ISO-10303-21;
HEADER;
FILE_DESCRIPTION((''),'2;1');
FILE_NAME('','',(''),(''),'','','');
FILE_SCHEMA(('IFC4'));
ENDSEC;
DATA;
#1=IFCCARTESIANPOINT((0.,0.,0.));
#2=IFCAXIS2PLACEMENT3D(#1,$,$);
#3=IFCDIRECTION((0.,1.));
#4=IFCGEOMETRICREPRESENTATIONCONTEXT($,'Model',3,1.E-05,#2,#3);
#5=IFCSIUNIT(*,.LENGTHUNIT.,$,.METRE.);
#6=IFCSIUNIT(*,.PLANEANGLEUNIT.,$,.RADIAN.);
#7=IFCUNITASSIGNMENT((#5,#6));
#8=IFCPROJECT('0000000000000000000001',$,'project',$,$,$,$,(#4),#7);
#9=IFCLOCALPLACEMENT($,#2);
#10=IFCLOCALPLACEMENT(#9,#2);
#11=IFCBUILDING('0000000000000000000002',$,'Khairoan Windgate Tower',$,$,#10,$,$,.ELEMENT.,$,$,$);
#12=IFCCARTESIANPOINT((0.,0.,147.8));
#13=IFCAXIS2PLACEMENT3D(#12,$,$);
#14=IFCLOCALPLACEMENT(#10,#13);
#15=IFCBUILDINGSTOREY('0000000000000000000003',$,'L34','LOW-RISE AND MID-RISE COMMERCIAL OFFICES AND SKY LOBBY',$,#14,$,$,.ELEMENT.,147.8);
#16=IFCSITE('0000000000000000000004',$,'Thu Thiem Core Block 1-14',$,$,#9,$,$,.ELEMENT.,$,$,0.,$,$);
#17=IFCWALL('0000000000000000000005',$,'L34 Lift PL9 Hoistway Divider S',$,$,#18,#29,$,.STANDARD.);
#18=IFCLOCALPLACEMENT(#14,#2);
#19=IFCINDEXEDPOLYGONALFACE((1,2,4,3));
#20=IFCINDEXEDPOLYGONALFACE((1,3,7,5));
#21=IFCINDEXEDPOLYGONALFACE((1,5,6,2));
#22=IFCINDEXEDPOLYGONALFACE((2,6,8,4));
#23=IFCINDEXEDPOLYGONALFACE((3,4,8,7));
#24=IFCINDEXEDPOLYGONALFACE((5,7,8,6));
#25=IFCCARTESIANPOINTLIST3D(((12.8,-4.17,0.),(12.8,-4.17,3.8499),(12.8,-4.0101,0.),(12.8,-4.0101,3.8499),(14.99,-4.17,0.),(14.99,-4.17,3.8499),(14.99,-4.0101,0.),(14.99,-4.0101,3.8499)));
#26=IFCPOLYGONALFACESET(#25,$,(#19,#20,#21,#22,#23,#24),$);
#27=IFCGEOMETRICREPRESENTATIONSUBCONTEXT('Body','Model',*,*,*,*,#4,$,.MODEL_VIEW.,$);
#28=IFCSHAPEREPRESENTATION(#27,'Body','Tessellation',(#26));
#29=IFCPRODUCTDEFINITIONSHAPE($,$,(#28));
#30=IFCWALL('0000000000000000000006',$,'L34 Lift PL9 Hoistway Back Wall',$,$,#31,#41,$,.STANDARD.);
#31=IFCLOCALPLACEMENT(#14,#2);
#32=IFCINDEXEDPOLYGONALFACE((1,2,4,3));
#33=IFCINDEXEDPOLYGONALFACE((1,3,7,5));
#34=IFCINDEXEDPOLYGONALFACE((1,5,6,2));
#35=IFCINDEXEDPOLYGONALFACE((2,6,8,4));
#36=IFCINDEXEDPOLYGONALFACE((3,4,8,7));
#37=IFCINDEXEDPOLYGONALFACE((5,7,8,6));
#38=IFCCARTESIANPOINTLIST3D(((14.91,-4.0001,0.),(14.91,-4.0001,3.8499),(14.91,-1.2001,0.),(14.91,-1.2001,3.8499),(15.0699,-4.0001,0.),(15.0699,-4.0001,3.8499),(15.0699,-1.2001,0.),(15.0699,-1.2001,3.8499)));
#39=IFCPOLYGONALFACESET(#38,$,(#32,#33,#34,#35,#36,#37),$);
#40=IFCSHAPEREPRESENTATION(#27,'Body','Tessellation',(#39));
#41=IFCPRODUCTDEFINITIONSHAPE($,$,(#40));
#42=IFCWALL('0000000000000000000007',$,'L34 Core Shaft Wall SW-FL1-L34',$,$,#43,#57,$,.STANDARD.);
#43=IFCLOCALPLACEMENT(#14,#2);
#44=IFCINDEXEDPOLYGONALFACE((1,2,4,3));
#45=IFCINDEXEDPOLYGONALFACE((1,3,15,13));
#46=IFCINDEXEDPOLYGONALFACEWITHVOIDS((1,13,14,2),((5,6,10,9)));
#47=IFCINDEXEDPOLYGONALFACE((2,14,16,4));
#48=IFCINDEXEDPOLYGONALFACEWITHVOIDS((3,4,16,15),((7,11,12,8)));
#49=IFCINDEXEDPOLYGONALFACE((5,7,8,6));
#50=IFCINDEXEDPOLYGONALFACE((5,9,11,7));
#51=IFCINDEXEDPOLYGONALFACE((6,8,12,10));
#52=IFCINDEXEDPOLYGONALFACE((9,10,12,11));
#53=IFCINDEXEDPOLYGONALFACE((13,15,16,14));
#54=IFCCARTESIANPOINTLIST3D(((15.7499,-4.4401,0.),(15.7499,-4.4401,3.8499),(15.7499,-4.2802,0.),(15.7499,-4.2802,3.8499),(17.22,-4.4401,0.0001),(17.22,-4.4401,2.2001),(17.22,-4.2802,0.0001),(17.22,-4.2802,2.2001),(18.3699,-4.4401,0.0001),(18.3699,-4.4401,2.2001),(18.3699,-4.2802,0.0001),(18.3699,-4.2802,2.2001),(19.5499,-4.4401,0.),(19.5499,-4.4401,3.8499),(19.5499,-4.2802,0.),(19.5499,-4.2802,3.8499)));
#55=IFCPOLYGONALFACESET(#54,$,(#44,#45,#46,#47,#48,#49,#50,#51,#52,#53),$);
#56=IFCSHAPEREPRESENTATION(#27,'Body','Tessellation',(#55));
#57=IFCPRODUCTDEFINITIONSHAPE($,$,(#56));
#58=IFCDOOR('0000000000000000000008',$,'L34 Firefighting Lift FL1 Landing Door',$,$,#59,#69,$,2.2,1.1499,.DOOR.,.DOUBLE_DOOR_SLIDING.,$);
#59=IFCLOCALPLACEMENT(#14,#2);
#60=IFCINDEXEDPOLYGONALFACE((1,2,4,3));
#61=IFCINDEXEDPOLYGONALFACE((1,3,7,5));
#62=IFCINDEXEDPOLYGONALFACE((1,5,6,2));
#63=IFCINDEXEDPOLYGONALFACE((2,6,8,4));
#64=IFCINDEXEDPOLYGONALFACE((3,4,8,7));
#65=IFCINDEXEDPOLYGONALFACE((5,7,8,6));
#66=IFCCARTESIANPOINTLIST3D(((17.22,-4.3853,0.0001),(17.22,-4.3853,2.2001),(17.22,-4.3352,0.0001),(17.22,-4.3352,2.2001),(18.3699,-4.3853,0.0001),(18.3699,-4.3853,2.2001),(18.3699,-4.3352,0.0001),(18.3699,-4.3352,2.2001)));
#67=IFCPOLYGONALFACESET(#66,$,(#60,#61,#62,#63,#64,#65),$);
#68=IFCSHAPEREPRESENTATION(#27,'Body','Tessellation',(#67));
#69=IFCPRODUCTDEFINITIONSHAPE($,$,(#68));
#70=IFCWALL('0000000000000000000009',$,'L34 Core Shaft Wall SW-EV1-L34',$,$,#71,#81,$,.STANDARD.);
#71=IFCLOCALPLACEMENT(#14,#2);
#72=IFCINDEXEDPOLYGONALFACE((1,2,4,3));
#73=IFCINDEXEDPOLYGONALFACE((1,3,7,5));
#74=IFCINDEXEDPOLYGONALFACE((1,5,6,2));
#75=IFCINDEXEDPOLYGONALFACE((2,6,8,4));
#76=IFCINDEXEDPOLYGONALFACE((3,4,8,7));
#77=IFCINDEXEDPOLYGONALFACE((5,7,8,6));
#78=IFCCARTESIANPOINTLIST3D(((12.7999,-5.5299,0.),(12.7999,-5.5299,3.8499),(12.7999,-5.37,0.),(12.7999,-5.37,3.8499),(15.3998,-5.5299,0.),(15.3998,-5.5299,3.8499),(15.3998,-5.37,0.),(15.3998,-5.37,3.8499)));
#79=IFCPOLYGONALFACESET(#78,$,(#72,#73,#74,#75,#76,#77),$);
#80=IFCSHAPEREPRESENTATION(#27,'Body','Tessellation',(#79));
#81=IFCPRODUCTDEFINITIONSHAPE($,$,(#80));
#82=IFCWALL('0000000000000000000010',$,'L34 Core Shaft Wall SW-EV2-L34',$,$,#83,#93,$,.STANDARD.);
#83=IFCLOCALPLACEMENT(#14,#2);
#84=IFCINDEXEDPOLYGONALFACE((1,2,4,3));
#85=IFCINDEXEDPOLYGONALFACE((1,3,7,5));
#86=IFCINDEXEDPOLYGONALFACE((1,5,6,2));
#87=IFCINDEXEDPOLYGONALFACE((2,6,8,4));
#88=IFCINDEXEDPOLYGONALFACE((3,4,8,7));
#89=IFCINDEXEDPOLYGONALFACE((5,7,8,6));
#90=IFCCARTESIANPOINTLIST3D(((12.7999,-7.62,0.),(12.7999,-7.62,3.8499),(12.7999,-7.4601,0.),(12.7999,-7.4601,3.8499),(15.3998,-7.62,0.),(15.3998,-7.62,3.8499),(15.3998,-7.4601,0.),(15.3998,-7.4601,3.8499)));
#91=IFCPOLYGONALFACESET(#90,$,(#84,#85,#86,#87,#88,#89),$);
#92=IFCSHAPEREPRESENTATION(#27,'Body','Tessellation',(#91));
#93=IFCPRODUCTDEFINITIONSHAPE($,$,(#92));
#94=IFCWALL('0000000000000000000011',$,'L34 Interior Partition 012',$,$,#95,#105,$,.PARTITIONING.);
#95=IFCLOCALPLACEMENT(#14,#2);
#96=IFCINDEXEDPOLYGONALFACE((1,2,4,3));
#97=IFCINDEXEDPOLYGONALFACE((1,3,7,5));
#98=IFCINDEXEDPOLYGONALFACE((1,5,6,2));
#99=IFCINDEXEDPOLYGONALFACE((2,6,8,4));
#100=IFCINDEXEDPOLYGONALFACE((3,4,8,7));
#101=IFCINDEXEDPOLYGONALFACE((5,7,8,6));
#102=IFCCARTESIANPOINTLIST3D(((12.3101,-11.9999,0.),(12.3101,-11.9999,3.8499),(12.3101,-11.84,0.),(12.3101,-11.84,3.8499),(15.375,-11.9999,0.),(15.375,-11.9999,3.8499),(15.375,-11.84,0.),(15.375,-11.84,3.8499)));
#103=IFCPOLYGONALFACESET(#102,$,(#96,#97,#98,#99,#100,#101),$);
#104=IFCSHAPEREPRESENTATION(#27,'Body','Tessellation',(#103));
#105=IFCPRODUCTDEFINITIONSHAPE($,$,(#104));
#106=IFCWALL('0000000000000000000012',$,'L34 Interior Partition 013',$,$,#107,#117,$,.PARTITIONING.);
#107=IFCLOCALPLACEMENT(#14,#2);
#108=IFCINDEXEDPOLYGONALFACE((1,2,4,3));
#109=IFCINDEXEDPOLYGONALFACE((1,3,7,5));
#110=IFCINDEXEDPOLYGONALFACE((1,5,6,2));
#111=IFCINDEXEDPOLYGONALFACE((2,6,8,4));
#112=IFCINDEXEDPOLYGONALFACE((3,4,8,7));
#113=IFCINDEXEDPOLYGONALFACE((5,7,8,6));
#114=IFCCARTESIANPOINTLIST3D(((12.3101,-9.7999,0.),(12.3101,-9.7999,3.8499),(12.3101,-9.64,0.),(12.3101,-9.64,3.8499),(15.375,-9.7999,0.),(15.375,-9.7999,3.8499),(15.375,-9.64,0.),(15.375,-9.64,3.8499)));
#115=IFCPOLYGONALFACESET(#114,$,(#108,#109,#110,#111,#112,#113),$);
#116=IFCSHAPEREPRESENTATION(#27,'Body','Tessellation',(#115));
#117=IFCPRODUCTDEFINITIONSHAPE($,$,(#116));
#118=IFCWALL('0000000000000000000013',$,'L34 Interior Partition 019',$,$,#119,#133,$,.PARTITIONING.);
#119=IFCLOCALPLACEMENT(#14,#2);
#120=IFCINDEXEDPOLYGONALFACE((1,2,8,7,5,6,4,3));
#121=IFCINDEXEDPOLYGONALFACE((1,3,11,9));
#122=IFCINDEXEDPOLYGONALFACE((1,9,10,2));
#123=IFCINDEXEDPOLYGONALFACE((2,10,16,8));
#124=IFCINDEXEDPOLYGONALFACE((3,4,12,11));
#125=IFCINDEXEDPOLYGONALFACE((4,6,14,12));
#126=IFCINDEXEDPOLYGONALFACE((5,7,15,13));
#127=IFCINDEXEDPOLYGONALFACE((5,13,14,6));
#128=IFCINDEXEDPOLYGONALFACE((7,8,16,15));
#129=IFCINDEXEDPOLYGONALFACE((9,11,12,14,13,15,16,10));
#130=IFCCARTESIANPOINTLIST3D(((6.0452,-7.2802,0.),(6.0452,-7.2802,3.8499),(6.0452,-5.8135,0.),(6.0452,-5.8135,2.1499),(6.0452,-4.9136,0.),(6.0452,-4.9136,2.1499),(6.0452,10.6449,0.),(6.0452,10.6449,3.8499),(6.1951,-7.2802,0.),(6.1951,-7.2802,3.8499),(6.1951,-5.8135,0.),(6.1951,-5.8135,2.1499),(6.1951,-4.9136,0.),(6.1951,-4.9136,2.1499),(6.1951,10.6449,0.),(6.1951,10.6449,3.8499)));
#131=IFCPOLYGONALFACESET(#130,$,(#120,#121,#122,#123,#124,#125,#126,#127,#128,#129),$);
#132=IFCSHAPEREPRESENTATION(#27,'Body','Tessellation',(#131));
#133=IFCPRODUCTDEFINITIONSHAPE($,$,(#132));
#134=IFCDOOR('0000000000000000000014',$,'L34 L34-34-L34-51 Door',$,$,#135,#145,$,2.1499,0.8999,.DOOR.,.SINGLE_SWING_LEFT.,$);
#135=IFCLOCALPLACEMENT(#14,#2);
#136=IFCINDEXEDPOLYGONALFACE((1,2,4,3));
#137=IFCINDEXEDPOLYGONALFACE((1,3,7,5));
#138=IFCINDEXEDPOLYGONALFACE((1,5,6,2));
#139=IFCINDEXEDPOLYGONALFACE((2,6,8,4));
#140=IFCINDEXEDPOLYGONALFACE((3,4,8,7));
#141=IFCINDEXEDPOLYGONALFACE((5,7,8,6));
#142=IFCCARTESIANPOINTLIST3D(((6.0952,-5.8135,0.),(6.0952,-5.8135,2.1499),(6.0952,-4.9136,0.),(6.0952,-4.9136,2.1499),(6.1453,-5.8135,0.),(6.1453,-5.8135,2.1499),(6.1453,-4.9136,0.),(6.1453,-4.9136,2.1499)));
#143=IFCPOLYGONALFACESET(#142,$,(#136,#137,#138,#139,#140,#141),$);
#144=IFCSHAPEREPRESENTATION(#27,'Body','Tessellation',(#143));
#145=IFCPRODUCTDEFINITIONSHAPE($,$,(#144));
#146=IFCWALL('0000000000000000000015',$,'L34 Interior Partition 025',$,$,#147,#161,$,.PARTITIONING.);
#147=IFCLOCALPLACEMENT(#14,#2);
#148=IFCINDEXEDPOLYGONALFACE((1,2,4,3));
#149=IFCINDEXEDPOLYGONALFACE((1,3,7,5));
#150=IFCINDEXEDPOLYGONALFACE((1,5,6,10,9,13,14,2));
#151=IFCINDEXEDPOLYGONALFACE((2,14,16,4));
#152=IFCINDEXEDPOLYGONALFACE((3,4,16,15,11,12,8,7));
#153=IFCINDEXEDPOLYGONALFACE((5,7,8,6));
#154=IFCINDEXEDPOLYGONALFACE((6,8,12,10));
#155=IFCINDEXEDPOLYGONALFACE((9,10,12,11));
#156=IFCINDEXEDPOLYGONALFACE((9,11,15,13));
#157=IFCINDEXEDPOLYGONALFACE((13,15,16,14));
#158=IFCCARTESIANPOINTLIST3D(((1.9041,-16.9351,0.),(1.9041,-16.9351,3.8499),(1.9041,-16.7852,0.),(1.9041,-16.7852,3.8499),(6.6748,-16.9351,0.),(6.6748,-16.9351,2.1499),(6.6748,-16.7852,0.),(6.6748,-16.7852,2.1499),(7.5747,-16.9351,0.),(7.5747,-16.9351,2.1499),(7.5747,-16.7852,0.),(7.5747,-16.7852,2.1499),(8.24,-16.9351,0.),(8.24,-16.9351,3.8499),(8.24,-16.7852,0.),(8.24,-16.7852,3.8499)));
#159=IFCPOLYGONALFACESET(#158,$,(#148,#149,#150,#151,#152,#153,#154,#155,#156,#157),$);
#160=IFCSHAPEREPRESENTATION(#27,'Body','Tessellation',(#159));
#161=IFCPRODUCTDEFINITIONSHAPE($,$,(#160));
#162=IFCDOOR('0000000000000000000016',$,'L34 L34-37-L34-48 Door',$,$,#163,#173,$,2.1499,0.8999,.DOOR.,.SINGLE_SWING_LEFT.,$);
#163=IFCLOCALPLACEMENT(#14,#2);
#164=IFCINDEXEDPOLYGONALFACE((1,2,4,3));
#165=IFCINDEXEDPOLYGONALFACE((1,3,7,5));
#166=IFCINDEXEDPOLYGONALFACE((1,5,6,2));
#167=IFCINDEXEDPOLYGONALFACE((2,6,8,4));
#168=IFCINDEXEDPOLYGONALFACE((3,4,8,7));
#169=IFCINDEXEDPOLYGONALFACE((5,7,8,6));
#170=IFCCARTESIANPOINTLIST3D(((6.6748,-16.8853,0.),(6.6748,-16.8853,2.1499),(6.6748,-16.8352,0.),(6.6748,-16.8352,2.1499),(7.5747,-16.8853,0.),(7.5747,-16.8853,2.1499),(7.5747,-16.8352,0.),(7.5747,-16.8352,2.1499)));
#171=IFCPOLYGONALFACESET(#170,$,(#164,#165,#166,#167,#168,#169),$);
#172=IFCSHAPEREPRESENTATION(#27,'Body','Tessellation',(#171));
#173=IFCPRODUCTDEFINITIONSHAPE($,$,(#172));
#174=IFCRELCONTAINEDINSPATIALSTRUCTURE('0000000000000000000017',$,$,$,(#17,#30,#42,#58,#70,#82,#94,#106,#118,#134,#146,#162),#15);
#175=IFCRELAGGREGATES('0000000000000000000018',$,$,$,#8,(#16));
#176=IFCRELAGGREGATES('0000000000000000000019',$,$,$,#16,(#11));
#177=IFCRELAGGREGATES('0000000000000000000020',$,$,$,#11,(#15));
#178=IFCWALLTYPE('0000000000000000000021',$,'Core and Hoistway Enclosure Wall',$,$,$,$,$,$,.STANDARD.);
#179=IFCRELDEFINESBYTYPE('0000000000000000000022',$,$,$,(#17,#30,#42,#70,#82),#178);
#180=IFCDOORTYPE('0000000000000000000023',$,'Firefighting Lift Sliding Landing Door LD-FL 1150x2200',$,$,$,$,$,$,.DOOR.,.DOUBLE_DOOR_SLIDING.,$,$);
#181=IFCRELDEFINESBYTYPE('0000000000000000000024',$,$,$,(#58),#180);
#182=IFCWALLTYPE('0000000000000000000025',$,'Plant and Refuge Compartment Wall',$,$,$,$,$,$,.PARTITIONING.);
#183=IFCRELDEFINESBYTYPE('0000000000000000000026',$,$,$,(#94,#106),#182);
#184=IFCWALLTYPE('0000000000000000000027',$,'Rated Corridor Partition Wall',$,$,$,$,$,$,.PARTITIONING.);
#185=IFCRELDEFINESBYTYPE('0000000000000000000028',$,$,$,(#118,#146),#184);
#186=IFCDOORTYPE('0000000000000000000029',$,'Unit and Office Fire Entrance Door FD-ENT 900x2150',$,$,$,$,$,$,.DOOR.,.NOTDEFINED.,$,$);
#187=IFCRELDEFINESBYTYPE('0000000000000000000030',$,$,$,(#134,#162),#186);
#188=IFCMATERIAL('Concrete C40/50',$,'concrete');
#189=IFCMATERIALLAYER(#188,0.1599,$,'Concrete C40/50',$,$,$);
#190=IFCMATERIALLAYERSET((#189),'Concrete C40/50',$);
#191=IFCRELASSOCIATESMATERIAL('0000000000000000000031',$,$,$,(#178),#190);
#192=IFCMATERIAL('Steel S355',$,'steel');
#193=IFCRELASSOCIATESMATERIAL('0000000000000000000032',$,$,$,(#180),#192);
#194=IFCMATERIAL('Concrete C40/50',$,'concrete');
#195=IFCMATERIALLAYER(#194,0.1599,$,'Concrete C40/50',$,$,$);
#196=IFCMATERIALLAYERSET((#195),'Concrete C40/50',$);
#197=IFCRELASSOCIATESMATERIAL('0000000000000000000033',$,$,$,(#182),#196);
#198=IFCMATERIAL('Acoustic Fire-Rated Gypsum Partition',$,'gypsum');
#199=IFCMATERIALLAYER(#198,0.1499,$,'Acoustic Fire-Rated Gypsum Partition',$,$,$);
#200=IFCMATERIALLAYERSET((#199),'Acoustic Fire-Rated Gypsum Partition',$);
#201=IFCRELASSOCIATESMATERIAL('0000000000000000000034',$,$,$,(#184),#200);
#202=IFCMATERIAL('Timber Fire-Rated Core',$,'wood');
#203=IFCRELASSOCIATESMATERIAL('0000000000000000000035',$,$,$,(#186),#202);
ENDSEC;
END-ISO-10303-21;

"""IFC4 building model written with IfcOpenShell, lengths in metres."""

from ifc_helpers import new_model, si_unit, direction, frame, frame_2d, origin, place, context, subcontext, project, spatial, rectangle, extrude, material, layer, layer_set, type_object, element, fill, save


model = new_model("IFC4")

# Units and contexts
model_context = context("Model", 3, precision=1e-05, world=origin(), true_north=direction((0.0, 1.0)))
body_context = subcontext(model_context, "Body", "Model", "MODEL_VIEW")
ifc_project = project(units=[si_unit("LENGTHUNIT", "METRE"), si_unit("PLANEANGLEUNIT", "RADIAN")], contexts=[model_context])

# Site, building, storey
site_placement = place(None, origin())
site = spatial("IfcSite", under=ifc_project, at=site_placement, Name="Thu Thiem Core Block 1-14", CompositionType="ELEMENT", RefElevation=0.0)
building_placement = place(site_placement, origin())
building = spatial("IfcBuilding", under=site, at=building_placement, Name="Khairoan Windgate Tower", CompositionType="ELEMENT")
storey_placement = place(building_placement, frame((0.0, 0.0, 147.8)))
storey = spatial("IfcBuildingStorey", under=building, at=storey_placement, Name="L34", Description="LOW-RISE AND MID-RISE COMMERCIAL OFFICES AND SKY LOBBY", CompositionType="ELEMENT", Elevation=147.8)

# Walls
ifc_material_1 = material(Name="Concrete C40/50", Category="concrete")
ifc_layer_1 = layer(ifc_material_1, 0.1599, Name="Concrete C40/50")
ifc_layer_set_1 = layer_set([ifc_layer_1], Name="Concrete C40/50")
wall_type_1 = type_object("IfcWallType", Name="Core and Hoistway Enclosure Wall", PredefinedType="STANDARD", material=ifc_layer_set_1)
wall_1_placement = place(storey_placement, frame((12.8, -4.0901, 0.0), z_axis=(0.0, 0.0, 1.0), x_axis=(1.0, 0.0, 0.0)))
element("IfcWall", 1, at=wall_1_placement, inside=storey, type_object=wall_type_1, Name="L34 Lift PL9 Hoistway Divider S", PredefinedType="STANDARD", context=body_context, shape_type="SweptSolid", body=[
    extrude(rectangle(XDim=2.1899, YDim=0.1599, at=frame_2d((1.095, 0.0))), origin(), (0.0, 0.0, 1.0), 3.8499),
])
wall_2_placement = place(storey_placement, frame((14.99, -4.0, 0.0), z_axis=(0.0, 0.0, 1.0), x_axis=(0.0, 1.0, 0.0)))
element("IfcWall", 2, at=wall_2_placement, inside=storey, type_object=wall_type_1, Name="L34 Lift PL9 Hoistway Back Wall", PredefinedType="STANDARD", context=body_context, shape_type="SweptSolid", body=[
    extrude(rectangle(XDim=2.8, YDim=0.1599, at=frame_2d((1.3999, 0.0))), origin(), (0.0, 0.0, 1.0), 3.8499),
])

# Wall, opening, door
wall_3_placement = place(storey_placement, frame((15.75, -4.3601, 0.0), z_axis=(0.0, 0.0, 1.0), x_axis=(1.0, 0.0, 0.0)))
wall_3 = element("IfcWall", 3, at=wall_3_placement, inside=storey, type_object=wall_type_1, Name="L34 Core Shaft Wall SW-FL1-L34", PredefinedType="STANDARD", context=body_context, shape_type="SweptSolid", body=[
    extrude(rectangle(XDim=3.8, YDim=0.1599, at=frame_2d((1.8999, 0.0))), origin(), (0.0, 0.0, 1.0), 3.8499),
])
opening_1_placement = place(wall_3_placement, frame((1.47, 0.0, 0.0)))
opening_1 = element("IfcOpeningElement", 4, at=opening_1_placement, cuts=wall_3, PredefinedType="OPENING", context=body_context, shape_type="SweptSolid", body=[
    extrude(rectangle(XDim=1.1499, YDim=2.2, at=frame_2d((0.575, 1.1001))), frame((0.0, 0.0898, 0.0), z_axis=(0.0, -1.0, 0.0), x_axis=(1.0, 0.0, 0.0)), (0.0, 0.0, 1.0), 0.1799),
])
ifc_material_2 = material(Name="Steel S355", Category="steel")
door_type_1 = type_object("IfcDoorType", Name="Firefighting Lift Sliding Landing Door LD-FL 1150x2200", OperationType="DOUBLE_DOOR_SLIDING", PredefinedType="DOOR", material=ifc_material_2)
door_1_placement = place(opening_1_placement, origin())
door_1 = element("IfcDoor", 5, at=door_1_placement, inside=storey, type_object=door_type_1, Name="L34 Firefighting Lift FL1 Landing Door", OperationType="DOUBLE_DOOR_SLIDING", OverallHeight=2.2, OverallWidth=1.1499, PredefinedType="DOOR", context=body_context, shape_type="SweptSolid", body=[
    extrude(rectangle(XDim=1.1499, YDim=2.2, at=frame_2d((0.575, 1.1001))), frame((0.0, 0.0249, 0.0), z_axis=(0.0, -1.0, 0.0), x_axis=(1.0, 0.0, 0.0)), (0.0, 0.0, 1.0), 0.05),
])
fill(opening_1, door_1)

# Walls
for number, where, z_axis, x_axis, name in (
    (6, (12.8, -5.45, 0.0), (0.0, 0.0, 1.0), (1.0, 0.0, 0.0), "L34 Core Shaft Wall SW-EV1-L34"),
    (7, (12.8, -7.54, 0.0), (0.0, 0.0, 1.0), (1.0, 0.0, 0.0), "L34 Core Shaft Wall SW-EV2-L34"),
):
    element("IfcWall", number, at=place(storey_placement, frame(where, z_axis=z_axis, x_axis=x_axis)), inside=storey, type_object=wall_type_1, Name=name, PredefinedType="STANDARD", context=body_context, shape_type="SweptSolid", body=[
        extrude(rectangle(XDim=2.5999, YDim=0.1599, at=frame_2d((1.2998, 0.0))), origin(), (0.0, 0.0, 1.0), 3.8499),
    ])
ifc_material_3 = material(Name="Concrete C40/50", Category="concrete")
ifc_layer_2 = layer(ifc_material_3, 0.1599, Name="Concrete C40/50")
ifc_layer_set_2 = layer_set([ifc_layer_2], Name="Concrete C40/50")
wall_type_2 = type_object("IfcWallType", Name="Plant and Refuge Compartment Wall", PredefinedType="PARTITIONING", material=ifc_layer_set_2)
for number, where, z_axis, x_axis, name in (
    (8, (12.3101, -11.9199, 0.0), (0.0, 0.0, 1.0), (1.0, 0.0, 0.0), "L34 Interior Partition 012"),
    (9, (12.3101, -9.72, 0.0), (0.0, 0.0, 1.0), (1.0, 0.0, 0.0), "L34 Interior Partition 013"),
):
    element("IfcWall", number, at=place(storey_placement, frame(where, z_axis=z_axis, x_axis=x_axis)), inside=storey, type_object=wall_type_2, Name=name, PredefinedType="PARTITIONING", context=body_context, shape_type="SweptSolid", body=[
        extrude(rectangle(XDim=3.0649, YDim=0.1599, at=frame_2d((1.5325, 0.0))), origin(), (0.0, 0.0, 1.0), 3.8499),
    ])

# Walls, openings, doors
ifc_material_4 = material(Name="Acoustic Fire-Rated Gypsum Partition", Category="gypsum")
ifc_layer_3 = layer(ifc_material_4, 0.1499, Name="Acoustic Fire-Rated Gypsum Partition")
ifc_layer_set_3 = layer_set([ifc_layer_3], Name="Acoustic Fire-Rated Gypsum Partition")
wall_type_3 = type_object("IfcWallType", Name="Rated Corridor Partition Wall", PredefinedType="PARTITIONING", material=ifc_layer_set_3)
wall_4_placement = place(storey_placement, frame((6.1201, -7.28, 0.0), z_axis=(0.0, 0.0, 1.0), x_axis=(0.0, 1.0, 0.0)))
wall_4 = element("IfcWall", 10, at=wall_4_placement, inside=storey, type_object=wall_type_3, Name="L34 Interior Partition 019", PredefinedType="PARTITIONING", context=body_context, shape_type="SweptSolid", body=[
    extrude(rectangle(XDim=17.925, YDim=0.1499, at=frame_2d((8.9624, 0.0))), origin(), (0.0, 0.0, 1.0), 3.8499),
])
opening_2_placement = place(wall_4_placement, frame((1.4666, 0.0, 0.0)))
opening_2 = element("IfcOpeningElement", 11, at=opening_2_placement, cuts=wall_4, PredefinedType="OPENING", context=body_context, shape_type="SweptSolid", body=[
    extrude(rectangle(XDim=0.8999, YDim=2.1499, at=frame_2d((0.45, 1.075))), frame((0.0, 0.085, 0.0), z_axis=(0.0, -1.0, 0.0), x_axis=(1.0, 0.0, 0.0)), (0.0, 0.0, 1.0), 0.1699),
])
ifc_material_5 = material(Name="Timber Fire-Rated Core", Category="wood")
door_type_2 = type_object("IfcDoorType", Name="Unit and Office Fire Entrance Door FD-ENT 900x2150", OperationType="NOTDEFINED", PredefinedType="DOOR", material=ifc_material_5)
door_2_placement = place(opening_2_placement, origin())
door_2 = element("IfcDoor", 12, at=door_2_placement, inside=storey, type_object=door_type_2, Name="L34 L34-34-L34-51 Door", OperationType="SINGLE_SWING_LEFT", OverallHeight=2.1499, OverallWidth=0.8999, PredefinedType="DOOR", context=body_context, shape_type="SweptSolid", body=[
    extrude(rectangle(XDim=0.8999, YDim=2.1499, at=frame_2d((0.45, 1.075))), frame((0.0, 0.0249, 0.0), z_axis=(0.0, -1.0, 0.0), x_axis=(1.0, 0.0, 0.0)), (0.0, 0.0, 1.0), 0.05),
])
fill(opening_2, door_2)
wall_5_placement = place(storey_placement, frame((1.9041, -16.8601, 0.0), z_axis=(0.0, 0.0, 1.0), x_axis=(1.0, 0.0, 0.0)))
wall_5 = element("IfcWall", 13, at=wall_5_placement, inside=storey, type_object=wall_type_3, Name="L34 Interior Partition 025", PredefinedType="PARTITIONING", context=body_context, shape_type="SweptSolid", body=[
    extrude(rectangle(XDim=6.3359, YDim=0.1499, at=frame_2d((3.168, 0.0))), origin(), (0.0, 0.0, 1.0), 3.8499),
])
opening_3_placement = place(wall_5_placement, frame((4.7708, 0.0, 0.0)))
opening_3 = element("IfcOpeningElement", 14, at=opening_3_placement, cuts=wall_5, PredefinedType="OPENING", context=body_context, shape_type="SweptSolid", body=[
    extrude(rectangle(XDim=0.8999, YDim=2.1499, at=frame_2d((0.45, 1.075))), frame((0.0, 0.085, 0.0), z_axis=(0.0, -1.0, 0.0), x_axis=(1.0, 0.0, 0.0)), (0.0, 0.0, 1.0), 0.1699),
])
door_3_placement = place(opening_3_placement, origin())
door_3 = element("IfcDoor", 15, at=door_3_placement, inside=storey, type_object=door_type_2, Name="L34 L34-37-L34-48 Door", OperationType="SINGLE_SWING_LEFT", OverallHeight=2.1499, OverallWidth=0.8999, PredefinedType="DOOR", context=body_context, shape_type="SweptSolid", body=[
    extrude(rectangle(XDim=0.8999, YDim=2.1499, at=frame_2d((0.45, 1.075))), frame((0.0, 0.0249, 0.0), z_axis=(0.0, -1.0, 0.0), x_axis=(1.0, 0.0, 0.0)), (0.0, 0.0, 1.0), 0.05),
])
fill(opening_3, door_3)

save(model, "model.ifc")
